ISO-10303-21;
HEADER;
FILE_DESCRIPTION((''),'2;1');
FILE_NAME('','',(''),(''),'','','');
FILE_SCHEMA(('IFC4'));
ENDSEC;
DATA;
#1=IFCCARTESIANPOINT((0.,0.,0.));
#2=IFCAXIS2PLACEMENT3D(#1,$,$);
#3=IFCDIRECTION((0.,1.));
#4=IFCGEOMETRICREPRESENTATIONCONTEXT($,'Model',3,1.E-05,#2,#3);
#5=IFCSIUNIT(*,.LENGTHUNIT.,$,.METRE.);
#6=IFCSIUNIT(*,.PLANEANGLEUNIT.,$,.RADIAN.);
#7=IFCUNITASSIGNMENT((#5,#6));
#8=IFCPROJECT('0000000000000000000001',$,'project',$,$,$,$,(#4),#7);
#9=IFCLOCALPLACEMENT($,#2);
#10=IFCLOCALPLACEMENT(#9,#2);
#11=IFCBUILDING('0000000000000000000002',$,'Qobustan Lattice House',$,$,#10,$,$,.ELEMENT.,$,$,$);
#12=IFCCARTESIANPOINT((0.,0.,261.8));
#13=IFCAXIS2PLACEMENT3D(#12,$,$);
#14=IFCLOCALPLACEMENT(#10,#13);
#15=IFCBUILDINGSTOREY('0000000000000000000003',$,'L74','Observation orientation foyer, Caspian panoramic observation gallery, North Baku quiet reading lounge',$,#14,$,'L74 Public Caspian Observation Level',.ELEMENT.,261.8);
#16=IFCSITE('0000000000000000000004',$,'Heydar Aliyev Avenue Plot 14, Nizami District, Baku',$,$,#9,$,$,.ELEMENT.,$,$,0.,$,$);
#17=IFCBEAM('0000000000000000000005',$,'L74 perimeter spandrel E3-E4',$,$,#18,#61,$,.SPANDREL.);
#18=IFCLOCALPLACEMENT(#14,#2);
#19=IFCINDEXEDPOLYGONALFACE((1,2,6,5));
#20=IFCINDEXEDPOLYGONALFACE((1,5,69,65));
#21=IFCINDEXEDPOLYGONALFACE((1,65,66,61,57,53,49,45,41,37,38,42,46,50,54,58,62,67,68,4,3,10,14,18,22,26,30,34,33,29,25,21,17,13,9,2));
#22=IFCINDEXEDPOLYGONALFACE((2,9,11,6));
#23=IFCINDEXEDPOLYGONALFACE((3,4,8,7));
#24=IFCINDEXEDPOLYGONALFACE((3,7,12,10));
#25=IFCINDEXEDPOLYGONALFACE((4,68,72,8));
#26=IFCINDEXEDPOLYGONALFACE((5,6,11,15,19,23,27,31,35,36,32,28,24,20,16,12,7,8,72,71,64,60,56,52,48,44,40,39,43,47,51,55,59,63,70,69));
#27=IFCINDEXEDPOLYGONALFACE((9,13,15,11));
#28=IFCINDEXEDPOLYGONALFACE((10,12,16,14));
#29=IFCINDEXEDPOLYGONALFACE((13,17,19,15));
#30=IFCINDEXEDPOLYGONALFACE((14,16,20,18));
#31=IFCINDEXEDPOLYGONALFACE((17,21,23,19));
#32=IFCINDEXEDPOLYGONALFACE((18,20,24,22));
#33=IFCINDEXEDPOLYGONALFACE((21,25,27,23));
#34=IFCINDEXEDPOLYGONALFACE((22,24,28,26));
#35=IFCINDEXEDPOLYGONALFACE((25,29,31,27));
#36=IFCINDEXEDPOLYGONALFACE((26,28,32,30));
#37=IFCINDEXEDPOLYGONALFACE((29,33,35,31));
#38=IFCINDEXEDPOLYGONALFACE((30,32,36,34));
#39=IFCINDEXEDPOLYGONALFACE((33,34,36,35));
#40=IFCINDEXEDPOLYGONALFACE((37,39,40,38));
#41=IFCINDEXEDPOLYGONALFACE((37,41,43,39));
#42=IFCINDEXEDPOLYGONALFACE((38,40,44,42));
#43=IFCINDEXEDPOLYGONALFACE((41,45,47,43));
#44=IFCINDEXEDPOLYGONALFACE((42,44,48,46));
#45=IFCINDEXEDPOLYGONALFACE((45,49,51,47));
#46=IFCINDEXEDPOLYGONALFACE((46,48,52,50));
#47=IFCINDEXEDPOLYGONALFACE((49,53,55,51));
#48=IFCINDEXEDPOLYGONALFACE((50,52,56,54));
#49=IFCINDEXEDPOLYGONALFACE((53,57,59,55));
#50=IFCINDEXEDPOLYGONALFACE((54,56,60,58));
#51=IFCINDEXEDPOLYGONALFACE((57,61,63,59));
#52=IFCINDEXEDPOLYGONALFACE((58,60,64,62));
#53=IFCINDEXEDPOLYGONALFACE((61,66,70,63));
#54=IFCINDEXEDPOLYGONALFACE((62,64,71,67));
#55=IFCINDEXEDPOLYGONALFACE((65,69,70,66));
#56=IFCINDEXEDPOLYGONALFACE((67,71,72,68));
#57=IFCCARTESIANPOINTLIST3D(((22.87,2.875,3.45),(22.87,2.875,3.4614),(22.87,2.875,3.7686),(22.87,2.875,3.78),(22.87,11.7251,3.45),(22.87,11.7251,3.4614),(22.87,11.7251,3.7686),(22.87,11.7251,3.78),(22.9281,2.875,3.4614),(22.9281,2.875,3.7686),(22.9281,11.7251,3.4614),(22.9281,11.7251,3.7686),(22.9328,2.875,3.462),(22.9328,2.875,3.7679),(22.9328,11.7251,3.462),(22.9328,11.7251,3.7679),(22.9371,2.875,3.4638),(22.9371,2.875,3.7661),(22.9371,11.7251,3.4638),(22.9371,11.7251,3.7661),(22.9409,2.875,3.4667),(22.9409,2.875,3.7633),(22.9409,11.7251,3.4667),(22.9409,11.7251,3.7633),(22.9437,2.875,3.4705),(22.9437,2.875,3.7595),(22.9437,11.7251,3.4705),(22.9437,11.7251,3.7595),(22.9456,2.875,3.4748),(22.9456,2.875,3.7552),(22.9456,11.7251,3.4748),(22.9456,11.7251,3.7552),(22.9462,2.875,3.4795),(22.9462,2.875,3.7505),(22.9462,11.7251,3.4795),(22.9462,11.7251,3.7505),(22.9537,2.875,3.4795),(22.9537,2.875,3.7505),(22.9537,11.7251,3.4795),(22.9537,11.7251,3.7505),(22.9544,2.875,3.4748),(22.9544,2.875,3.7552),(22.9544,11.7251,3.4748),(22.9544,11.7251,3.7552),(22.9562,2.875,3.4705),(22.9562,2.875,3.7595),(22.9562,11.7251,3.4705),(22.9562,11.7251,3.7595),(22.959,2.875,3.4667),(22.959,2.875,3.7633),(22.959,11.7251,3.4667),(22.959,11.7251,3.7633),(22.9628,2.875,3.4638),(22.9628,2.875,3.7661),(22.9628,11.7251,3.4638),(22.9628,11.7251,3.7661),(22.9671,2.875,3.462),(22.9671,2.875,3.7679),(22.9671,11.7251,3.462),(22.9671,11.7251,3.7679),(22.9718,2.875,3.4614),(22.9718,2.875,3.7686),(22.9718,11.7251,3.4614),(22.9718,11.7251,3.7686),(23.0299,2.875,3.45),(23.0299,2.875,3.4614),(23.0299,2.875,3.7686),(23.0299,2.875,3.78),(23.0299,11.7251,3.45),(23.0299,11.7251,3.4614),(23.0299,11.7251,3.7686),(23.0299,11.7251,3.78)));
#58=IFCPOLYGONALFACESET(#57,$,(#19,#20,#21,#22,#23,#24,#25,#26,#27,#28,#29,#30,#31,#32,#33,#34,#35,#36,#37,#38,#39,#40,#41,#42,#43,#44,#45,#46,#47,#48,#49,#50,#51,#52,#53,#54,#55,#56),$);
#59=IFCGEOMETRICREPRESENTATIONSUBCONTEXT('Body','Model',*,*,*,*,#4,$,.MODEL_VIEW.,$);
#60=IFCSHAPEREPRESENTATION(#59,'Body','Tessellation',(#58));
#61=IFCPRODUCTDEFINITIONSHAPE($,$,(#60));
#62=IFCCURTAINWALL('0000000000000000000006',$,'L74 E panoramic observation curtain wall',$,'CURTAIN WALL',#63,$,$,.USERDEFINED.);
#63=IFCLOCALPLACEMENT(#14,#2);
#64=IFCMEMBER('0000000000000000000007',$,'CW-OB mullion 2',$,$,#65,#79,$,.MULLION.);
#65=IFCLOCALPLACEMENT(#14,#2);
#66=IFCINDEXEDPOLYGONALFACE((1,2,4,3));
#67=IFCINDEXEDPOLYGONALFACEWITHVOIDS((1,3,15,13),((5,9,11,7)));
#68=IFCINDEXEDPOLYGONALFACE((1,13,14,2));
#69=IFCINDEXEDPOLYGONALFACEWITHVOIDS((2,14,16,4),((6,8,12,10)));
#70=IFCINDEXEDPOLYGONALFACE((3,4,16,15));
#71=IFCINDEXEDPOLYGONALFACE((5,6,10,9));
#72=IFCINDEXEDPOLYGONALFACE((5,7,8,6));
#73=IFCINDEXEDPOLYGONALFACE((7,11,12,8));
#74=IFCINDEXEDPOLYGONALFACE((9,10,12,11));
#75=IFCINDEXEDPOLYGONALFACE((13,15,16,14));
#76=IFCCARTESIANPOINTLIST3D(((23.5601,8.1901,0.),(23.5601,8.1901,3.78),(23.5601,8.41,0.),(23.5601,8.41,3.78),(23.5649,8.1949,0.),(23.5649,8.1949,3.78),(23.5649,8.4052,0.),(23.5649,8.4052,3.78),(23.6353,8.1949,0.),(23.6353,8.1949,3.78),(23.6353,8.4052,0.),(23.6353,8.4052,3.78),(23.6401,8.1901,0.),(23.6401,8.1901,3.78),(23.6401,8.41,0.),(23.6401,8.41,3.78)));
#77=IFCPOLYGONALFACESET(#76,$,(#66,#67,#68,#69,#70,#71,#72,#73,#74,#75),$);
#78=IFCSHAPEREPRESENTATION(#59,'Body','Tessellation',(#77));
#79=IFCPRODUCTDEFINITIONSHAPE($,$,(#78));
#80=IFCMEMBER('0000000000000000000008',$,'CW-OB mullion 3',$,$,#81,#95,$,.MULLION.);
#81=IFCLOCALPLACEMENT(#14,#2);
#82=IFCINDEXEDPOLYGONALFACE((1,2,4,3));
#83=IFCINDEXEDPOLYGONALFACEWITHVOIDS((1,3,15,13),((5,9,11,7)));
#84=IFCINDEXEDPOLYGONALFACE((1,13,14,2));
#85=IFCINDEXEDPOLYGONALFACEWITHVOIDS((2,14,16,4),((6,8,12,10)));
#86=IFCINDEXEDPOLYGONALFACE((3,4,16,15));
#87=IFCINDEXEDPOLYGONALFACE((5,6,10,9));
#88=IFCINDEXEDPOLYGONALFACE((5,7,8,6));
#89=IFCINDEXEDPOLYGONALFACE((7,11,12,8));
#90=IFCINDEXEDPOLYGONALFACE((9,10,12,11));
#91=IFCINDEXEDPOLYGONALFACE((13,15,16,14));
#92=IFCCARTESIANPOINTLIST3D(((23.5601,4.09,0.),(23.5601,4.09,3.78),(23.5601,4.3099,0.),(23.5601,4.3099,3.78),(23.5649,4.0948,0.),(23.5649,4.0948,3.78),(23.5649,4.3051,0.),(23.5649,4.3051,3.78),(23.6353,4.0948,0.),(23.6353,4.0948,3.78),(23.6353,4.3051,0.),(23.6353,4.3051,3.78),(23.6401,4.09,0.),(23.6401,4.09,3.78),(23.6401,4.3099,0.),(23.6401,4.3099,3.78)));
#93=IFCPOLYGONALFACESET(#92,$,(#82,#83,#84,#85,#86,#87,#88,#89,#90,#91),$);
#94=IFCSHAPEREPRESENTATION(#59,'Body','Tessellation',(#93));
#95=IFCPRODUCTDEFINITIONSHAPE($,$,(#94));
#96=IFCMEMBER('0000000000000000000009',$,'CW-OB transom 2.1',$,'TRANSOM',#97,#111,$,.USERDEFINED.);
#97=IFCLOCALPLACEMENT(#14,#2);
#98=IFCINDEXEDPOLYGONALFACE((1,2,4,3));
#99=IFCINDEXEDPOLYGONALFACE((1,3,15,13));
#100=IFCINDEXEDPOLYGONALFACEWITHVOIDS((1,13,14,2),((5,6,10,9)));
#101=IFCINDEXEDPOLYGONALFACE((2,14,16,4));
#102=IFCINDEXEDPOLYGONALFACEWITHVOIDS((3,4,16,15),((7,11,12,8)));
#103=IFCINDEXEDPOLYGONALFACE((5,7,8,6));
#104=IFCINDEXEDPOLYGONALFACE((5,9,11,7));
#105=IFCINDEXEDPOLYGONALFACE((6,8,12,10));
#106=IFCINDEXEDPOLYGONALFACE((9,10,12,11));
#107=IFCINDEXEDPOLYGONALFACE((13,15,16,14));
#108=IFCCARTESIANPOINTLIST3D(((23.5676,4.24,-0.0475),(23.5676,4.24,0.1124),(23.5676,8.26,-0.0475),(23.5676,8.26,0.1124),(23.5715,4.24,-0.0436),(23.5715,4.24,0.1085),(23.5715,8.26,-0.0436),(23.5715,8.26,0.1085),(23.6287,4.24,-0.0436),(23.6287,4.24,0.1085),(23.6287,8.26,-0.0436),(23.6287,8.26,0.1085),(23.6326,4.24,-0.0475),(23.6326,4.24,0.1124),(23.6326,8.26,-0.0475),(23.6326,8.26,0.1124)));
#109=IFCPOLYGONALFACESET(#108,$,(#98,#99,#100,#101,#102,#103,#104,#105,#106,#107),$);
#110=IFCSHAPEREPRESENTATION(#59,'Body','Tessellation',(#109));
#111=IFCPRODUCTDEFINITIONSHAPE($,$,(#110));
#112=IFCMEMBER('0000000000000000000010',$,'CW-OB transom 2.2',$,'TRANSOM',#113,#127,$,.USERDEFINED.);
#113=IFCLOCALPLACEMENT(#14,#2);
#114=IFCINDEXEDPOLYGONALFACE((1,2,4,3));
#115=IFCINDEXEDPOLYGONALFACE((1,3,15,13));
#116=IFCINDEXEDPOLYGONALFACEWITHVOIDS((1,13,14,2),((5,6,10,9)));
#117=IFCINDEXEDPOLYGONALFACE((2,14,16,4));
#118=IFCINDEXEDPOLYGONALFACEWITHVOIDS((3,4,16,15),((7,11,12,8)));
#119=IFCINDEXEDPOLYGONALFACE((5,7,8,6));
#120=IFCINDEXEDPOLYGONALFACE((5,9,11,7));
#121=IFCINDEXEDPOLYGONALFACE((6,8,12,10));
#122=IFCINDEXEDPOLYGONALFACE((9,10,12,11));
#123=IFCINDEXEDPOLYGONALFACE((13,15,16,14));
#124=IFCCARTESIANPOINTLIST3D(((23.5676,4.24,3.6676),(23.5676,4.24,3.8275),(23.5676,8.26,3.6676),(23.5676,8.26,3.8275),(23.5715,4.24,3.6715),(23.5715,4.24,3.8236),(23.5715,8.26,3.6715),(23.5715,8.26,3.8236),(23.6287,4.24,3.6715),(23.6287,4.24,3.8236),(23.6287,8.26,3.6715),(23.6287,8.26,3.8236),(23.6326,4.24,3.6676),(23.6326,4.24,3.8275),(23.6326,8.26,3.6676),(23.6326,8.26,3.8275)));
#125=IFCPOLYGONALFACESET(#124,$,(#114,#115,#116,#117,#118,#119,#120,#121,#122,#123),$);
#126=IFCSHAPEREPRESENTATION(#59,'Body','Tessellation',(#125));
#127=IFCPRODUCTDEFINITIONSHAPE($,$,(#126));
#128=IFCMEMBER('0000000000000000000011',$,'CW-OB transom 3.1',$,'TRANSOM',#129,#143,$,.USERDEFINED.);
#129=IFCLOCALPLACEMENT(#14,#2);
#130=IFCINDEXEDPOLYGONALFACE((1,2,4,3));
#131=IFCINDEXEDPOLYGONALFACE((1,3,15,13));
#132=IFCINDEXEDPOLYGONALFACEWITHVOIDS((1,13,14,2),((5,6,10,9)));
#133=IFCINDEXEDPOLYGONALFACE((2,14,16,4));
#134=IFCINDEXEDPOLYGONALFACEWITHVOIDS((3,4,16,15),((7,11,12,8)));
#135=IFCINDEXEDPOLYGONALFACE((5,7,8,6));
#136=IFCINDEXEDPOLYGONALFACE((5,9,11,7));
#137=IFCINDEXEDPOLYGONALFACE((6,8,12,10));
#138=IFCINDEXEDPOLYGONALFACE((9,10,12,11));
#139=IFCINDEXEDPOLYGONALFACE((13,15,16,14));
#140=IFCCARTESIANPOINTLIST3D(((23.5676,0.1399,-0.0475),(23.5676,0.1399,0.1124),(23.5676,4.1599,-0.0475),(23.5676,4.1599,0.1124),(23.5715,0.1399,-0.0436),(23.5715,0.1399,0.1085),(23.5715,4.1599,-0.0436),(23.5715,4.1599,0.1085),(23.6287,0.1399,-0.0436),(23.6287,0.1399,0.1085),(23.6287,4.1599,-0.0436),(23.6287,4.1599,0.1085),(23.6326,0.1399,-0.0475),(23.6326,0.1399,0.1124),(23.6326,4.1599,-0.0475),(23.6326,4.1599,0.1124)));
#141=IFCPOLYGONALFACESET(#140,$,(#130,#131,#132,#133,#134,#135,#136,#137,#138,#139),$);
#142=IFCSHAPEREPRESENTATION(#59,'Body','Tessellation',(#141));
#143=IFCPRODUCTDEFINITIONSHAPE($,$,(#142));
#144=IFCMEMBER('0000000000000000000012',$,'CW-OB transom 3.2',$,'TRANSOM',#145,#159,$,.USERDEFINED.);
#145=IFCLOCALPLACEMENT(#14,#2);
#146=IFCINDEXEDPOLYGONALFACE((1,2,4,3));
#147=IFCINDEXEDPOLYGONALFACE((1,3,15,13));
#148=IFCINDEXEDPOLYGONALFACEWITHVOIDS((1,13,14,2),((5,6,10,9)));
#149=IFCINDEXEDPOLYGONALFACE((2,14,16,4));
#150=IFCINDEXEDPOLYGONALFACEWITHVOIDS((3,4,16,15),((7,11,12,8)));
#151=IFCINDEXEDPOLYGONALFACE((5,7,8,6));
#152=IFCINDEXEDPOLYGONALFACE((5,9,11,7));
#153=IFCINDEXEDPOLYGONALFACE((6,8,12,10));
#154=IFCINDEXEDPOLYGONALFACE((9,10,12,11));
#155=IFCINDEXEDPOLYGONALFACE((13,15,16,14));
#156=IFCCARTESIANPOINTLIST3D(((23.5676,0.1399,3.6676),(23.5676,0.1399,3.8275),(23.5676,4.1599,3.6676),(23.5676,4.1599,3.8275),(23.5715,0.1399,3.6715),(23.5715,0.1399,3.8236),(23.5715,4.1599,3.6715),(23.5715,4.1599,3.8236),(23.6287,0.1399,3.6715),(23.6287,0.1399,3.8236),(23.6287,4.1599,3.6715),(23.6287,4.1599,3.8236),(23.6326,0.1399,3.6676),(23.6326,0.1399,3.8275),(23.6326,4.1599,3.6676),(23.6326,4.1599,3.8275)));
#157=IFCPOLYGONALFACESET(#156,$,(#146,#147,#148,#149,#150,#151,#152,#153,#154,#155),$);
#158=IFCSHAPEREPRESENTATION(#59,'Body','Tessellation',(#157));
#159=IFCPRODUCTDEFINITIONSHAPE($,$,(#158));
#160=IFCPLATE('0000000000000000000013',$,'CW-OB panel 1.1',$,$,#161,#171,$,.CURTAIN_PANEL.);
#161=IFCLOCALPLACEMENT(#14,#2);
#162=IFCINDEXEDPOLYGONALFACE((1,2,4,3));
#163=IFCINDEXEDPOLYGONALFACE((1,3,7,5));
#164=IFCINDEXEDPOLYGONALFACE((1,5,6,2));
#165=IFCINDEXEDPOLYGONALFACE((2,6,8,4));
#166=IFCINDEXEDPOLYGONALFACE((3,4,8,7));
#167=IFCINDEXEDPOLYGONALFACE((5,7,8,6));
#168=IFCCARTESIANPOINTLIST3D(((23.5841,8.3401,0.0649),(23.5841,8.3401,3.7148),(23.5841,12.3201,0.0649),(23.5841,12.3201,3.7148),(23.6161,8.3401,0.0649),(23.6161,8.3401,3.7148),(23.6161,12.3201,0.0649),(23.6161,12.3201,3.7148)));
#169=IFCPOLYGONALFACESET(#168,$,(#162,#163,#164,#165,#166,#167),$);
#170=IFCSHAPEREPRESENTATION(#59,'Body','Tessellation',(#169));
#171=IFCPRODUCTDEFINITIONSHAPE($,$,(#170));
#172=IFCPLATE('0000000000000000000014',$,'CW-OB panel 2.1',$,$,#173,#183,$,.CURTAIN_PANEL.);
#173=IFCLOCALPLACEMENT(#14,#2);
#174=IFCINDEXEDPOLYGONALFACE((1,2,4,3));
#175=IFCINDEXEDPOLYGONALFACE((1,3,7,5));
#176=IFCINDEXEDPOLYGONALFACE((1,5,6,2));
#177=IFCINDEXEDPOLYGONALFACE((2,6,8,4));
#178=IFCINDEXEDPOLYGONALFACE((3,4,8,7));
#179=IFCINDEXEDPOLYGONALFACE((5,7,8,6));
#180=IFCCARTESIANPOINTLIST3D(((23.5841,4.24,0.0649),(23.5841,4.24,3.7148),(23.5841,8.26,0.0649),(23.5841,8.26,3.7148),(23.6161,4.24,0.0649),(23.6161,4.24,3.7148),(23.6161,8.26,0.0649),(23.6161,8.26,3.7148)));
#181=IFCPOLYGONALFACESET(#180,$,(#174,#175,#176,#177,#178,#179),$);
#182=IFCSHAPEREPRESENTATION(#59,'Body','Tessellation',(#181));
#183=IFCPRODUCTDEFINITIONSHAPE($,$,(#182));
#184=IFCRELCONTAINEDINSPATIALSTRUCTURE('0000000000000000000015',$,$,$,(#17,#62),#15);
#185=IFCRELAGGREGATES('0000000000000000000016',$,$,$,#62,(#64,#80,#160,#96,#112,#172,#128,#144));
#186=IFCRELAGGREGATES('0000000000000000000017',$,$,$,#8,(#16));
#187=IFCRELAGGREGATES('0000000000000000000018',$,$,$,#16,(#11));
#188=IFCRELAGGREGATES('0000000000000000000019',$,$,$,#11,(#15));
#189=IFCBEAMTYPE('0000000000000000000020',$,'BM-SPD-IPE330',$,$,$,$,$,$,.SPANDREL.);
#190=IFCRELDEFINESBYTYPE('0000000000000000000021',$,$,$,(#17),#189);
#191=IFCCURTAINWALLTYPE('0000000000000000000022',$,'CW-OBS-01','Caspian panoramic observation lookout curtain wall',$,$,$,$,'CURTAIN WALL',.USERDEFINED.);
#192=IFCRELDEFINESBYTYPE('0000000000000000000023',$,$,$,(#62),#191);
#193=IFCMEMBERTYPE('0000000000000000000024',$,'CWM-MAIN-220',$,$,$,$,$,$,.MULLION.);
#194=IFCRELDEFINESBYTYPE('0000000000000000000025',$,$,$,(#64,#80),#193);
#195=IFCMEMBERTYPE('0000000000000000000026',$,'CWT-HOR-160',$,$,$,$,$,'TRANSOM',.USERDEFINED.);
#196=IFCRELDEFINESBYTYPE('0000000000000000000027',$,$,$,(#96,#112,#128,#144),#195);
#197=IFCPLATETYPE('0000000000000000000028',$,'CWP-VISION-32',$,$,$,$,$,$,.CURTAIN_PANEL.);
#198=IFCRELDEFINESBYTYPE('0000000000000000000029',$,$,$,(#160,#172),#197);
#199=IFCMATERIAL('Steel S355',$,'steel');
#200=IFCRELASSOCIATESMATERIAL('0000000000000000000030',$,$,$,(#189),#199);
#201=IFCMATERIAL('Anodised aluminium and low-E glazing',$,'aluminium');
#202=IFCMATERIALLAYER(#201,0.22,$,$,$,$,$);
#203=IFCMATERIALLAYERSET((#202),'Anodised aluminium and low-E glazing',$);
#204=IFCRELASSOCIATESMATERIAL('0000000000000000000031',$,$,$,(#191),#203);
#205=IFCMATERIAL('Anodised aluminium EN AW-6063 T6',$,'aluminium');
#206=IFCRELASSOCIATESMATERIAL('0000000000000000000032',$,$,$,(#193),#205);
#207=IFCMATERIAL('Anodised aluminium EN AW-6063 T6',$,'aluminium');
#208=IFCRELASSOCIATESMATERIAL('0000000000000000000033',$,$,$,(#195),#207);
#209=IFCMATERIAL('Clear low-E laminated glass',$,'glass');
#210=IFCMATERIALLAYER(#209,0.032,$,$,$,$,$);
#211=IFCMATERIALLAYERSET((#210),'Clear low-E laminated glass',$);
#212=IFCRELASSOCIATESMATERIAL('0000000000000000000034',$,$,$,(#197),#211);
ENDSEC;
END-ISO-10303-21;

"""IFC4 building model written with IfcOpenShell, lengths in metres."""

from ifc_helpers import new_model, si_unit, direction, frame, origin, origin_2d, place, context, subcontext, project, spatial, rectangle, hollow_rectangle, i_section, extrude, material, layer, layer_set, material_profile, profile_set, type_object, element, aggregate, save


model = new_model("IFC4")

# Units and contexts
model_context = context("Model", 3, precision=1e-05, world=origin(), true_north=direction((0.0, 1.0)))
body_context = subcontext(model_context, "Body", "Model", "MODEL_VIEW")
ifc_project = project(units=[si_unit("LENGTHUNIT", "METRE"), si_unit("PLANEANGLEUNIT", "RADIAN")], contexts=[model_context])

# Site, building, storey
site_placement = place(None, origin())
site = spatial("IfcSite", under=ifc_project, at=site_placement, Name="Heydar Aliyev Avenue Plot 14, Nizami District, Baku", CompositionType="ELEMENT", RefElevation=0.0)
building_placement = place(site_placement, origin())
building = spatial("IfcBuilding", under=site, at=building_placement, Name="Qobustan Lattice House", CompositionType="ELEMENT")
storey_placement = place(building_placement, frame((0.0, 0.0, 261.8)))
storey = spatial("IfcBuildingStorey", under=building, at=storey_placement, Name="L74", Description="Observation orientation foyer, Caspian panoramic observation gallery, North Baku quiet reading lounge", LongName="L74 Public Caspian Observation Level", CompositionType="ELEMENT", Elevation=261.8)

# Beam
ifc_material_1 = material(Name="Steel S355", Category="steel")
ifc_material_profile_1 = material_profile(ifc_material_1, i_section(OverallWidth=0.1599, OverallDepth=0.3301, WebThickness=0.0076, FlangeThickness=0.0115, FilletRadius=0.0181, at=origin_2d()), Name="IPE330")
ifc_profile_set_1 = profile_set([ifc_material_profile_1], Name="Steel S355")
beam_type_1 = type_object("IfcBeamType", Name="BM-SPD-IPE330", PredefinedType="SPANDREL", material=ifc_profile_set_1)
beam_1_placement = place(storey_placement, frame((22.95, 2.875, 3.615), z_axis=(0.0, 1.0, 0.0), x_axis=(-1.0, 0.0, 0.0)))
element("IfcBeam", 1, at=beam_1_placement, inside=storey, type_object=beam_type_1, Name="L74 perimeter spandrel E3-E4", PredefinedType="SPANDREL", context=body_context, shape_type="SweptSolid", body=[
    extrude(i_section(OverallWidth=0.1599, OverallDepth=0.3301, WebThickness=0.0076, FlangeThickness=0.0115, FilletRadius=0.0181, at=origin_2d()), origin(), (0.0, 0.0, 1.0), 8.8501),
])

# Curtain wall, members, plates
ifc_material_2 = material(Name="Anodised aluminium and low-E glazing", Category="aluminium")
ifc_layer_1 = layer(ifc_material_2, 0.22)
ifc_layer_set_1 = layer_set([ifc_layer_1], Name="Anodised aluminium and low-E glazing")
curtain_wall_type = type_object("IfcCurtainWallType", Name="CW-OBS-01", Description="Caspian panoramic observation lookout curtain wall", ElementType="CURTAIN WALL", PredefinedType="USERDEFINED", material=ifc_layer_set_1)
curtain_wall_placement = place(storey_placement, origin())
curtain_wall = element("IfcCurtainWall", 2, at=curtain_wall_placement, inside=storey, type_object=curtain_wall_type, Name="L74 E panoramic observation curtain wall", ObjectType="CURTAIN WALL", PredefinedType="USERDEFINED")
ifc_material_3 = material(Name="Anodised aluminium EN AW-6063 T6", Category="aluminium")
ifc_material_profile_2 = material_profile(ifc_material_3, hollow_rectangle(XDim=0.0801, YDim=0.22, WallThickness=0.0049, at=origin_2d()), Name="CWM-220x80")
ifc_profile_set_2 = profile_set([ifc_material_profile_2], Name="Anodised aluminium EN AW-6063 T6")
member_type_1 = type_object("IfcMemberType", Name="CWM-MAIN-220", PredefinedType="MULLION", material=ifc_profile_set_2)
member_1_placement = place(storey_placement, frame((23.6001, 8.3, 0.0), z_axis=(0.0, 0.0, 1.0), x_axis=(1.0, 0.0, 0.0)))
member_1 = element("IfcMember", 3, at=member_1_placement, type_object=member_type_1, Name="CW-OB mullion 2", PredefinedType="MULLION", context=body_context, shape_type="SweptSolid", body=[
    extrude(hollow_rectangle(XDim=0.0801, YDim=0.22, WallThickness=0.0049, at=origin_2d()), origin(), (0.0, 0.0, 1.0), 3.78),
])
member_2_placement = place(storey_placement, frame((23.6001, 4.2, 0.0), z_axis=(0.0, 0.0, 1.0), x_axis=(1.0, 0.0, 0.0)))
member_2 = element("IfcMember", 4, at=member_2_placement, type_object=member_type_1, Name="CW-OB mullion 3", PredefinedType="MULLION", context=body_context, shape_type="SweptSolid", body=[
    extrude(hollow_rectangle(XDim=0.0801, YDim=0.22, WallThickness=0.0049, at=origin_2d()), origin(), (0.0, 0.0, 1.0), 3.78),
])
ifc_material_4 = material(Name="Anodised aluminium EN AW-6063 T6", Category="aluminium")
ifc_material_profile_3 = material_profile(ifc_material_4, hollow_rectangle(XDim=0.0649, YDim=0.1599, WallThickness=0.0039, at=origin_2d()), Name="CWT-160x65")
ifc_profile_set_3 = profile_set([ifc_material_profile_3], Name="Anodised aluminium EN AW-6063 T6")
member_type_2 = type_object("IfcMemberType", Name="CWT-HOR-160", ElementType="TRANSOM", PredefinedType="USERDEFINED", material=ifc_profile_set_3)
member_3_placement = place(storey_placement, frame((23.6001, 8.26, 0.0325), z_axis=(0.0, -1.0, 0.0), x_axis=(1.0, 0.0, 0.0)))
member_3 = element("IfcMember", 5, at=member_3_placement, type_object=member_type_2, Name="CW-OB transom 2.1", ObjectType="TRANSOM", PredefinedType="USERDEFINED", context=body_context, shape_type="SweptSolid", body=[
    extrude(hollow_rectangle(XDim=0.0649, YDim=0.1599, WallThickness=0.0039, at=origin_2d()), origin(), (0.0, 0.0, 1.0), 4.02),
])
member_4_placement = place(storey_placement, frame((23.6001, 8.26, 3.7476), z_axis=(0.0, -1.0, 0.0), x_axis=(1.0, 0.0, 0.0)))
member_4 = element("IfcMember", 6, at=member_4_placement, type_object=member_type_2, Name="CW-OB transom 2.2", ObjectType="TRANSOM", PredefinedType="USERDEFINED", context=body_context, shape_type="SweptSolid", body=[
    extrude(hollow_rectangle(XDim=0.0649, YDim=0.1599, WallThickness=0.0039, at=origin_2d()), origin(), (0.0, 0.0, 1.0), 4.02),
])
member_5_placement = place(storey_placement, frame((23.6001, 4.1599, 0.0325), z_axis=(0.0, -1.0, 0.0), x_axis=(1.0, 0.0, 0.0)))
member_5 = element("IfcMember", 7, at=member_5_placement, type_object=member_type_2, Name="CW-OB transom 3.1", ObjectType="TRANSOM", PredefinedType="USERDEFINED", context=body_context, shape_type="SweptSolid", body=[
    extrude(hollow_rectangle(XDim=0.0649, YDim=0.1599, WallThickness=0.0039, at=origin_2d()), origin(), (0.0, 0.0, 1.0), 4.02),
])
member_6_placement = place(storey_placement, frame((23.6001, 4.1599, 3.7476), z_axis=(0.0, -1.0, 0.0), x_axis=(1.0, 0.0, 0.0)))
member_6 = element("IfcMember", 8, at=member_6_placement, type_object=member_type_2, Name="CW-OB transom 3.2", ObjectType="TRANSOM", PredefinedType="USERDEFINED", context=body_context, shape_type="SweptSolid", body=[
    extrude(hollow_rectangle(XDim=0.0649, YDim=0.1599, WallThickness=0.0039, at=origin_2d()), origin(), (0.0, 0.0, 1.0), 4.02),
])
ifc_material_5 = material(Name="Clear low-E laminated glass", Category="glass")
ifc_layer_2 = layer(ifc_material_5, 0.032)
ifc_layer_set_2 = layer_set([ifc_layer_2], Name="Clear low-E laminated glass")
plate_type = type_object("IfcPlateType", Name="CWP-VISION-32", PredefinedType="CURTAIN_PANEL", material=ifc_layer_set_2)
plate_1_placement = place(storey_placement, frame((23.6001, 10.3301, 0.0649), z_axis=(0.0, 0.0, 1.0), x_axis=(0.0, -1.0, 0.0)))
plate_1 = element("IfcPlate", 9, at=plate_1_placement, type_object=plate_type, Name="CW-OB panel 1.1", PredefinedType="CURTAIN_PANEL", context=body_context, shape_type="SweptSolid", body=[
    extrude(rectangle(XDim=3.98, YDim=0.032, at=origin_2d()), origin(), (0.0, 0.0, 1.0), 3.6499),
])
plate_2_placement = place(storey_placement, frame((23.6001, 6.25, 0.0649), z_axis=(0.0, 0.0, 1.0), x_axis=(0.0, -1.0, 0.0)))
plate_2 = element("IfcPlate", 10, at=plate_2_placement, type_object=plate_type, Name="CW-OB panel 2.1", PredefinedType="CURTAIN_PANEL", context=body_context, shape_type="SweptSolid", body=[
    extrude(rectangle(XDim=4.02, YDim=0.032, at=origin_2d()), origin(), (0.0, 0.0, 1.0), 3.6499),
])
aggregate(curtain_wall, [member_1, member_2, plate_1, member_3, member_4, plate_2, member_5, member_6])

save(model, "model.ifc")
